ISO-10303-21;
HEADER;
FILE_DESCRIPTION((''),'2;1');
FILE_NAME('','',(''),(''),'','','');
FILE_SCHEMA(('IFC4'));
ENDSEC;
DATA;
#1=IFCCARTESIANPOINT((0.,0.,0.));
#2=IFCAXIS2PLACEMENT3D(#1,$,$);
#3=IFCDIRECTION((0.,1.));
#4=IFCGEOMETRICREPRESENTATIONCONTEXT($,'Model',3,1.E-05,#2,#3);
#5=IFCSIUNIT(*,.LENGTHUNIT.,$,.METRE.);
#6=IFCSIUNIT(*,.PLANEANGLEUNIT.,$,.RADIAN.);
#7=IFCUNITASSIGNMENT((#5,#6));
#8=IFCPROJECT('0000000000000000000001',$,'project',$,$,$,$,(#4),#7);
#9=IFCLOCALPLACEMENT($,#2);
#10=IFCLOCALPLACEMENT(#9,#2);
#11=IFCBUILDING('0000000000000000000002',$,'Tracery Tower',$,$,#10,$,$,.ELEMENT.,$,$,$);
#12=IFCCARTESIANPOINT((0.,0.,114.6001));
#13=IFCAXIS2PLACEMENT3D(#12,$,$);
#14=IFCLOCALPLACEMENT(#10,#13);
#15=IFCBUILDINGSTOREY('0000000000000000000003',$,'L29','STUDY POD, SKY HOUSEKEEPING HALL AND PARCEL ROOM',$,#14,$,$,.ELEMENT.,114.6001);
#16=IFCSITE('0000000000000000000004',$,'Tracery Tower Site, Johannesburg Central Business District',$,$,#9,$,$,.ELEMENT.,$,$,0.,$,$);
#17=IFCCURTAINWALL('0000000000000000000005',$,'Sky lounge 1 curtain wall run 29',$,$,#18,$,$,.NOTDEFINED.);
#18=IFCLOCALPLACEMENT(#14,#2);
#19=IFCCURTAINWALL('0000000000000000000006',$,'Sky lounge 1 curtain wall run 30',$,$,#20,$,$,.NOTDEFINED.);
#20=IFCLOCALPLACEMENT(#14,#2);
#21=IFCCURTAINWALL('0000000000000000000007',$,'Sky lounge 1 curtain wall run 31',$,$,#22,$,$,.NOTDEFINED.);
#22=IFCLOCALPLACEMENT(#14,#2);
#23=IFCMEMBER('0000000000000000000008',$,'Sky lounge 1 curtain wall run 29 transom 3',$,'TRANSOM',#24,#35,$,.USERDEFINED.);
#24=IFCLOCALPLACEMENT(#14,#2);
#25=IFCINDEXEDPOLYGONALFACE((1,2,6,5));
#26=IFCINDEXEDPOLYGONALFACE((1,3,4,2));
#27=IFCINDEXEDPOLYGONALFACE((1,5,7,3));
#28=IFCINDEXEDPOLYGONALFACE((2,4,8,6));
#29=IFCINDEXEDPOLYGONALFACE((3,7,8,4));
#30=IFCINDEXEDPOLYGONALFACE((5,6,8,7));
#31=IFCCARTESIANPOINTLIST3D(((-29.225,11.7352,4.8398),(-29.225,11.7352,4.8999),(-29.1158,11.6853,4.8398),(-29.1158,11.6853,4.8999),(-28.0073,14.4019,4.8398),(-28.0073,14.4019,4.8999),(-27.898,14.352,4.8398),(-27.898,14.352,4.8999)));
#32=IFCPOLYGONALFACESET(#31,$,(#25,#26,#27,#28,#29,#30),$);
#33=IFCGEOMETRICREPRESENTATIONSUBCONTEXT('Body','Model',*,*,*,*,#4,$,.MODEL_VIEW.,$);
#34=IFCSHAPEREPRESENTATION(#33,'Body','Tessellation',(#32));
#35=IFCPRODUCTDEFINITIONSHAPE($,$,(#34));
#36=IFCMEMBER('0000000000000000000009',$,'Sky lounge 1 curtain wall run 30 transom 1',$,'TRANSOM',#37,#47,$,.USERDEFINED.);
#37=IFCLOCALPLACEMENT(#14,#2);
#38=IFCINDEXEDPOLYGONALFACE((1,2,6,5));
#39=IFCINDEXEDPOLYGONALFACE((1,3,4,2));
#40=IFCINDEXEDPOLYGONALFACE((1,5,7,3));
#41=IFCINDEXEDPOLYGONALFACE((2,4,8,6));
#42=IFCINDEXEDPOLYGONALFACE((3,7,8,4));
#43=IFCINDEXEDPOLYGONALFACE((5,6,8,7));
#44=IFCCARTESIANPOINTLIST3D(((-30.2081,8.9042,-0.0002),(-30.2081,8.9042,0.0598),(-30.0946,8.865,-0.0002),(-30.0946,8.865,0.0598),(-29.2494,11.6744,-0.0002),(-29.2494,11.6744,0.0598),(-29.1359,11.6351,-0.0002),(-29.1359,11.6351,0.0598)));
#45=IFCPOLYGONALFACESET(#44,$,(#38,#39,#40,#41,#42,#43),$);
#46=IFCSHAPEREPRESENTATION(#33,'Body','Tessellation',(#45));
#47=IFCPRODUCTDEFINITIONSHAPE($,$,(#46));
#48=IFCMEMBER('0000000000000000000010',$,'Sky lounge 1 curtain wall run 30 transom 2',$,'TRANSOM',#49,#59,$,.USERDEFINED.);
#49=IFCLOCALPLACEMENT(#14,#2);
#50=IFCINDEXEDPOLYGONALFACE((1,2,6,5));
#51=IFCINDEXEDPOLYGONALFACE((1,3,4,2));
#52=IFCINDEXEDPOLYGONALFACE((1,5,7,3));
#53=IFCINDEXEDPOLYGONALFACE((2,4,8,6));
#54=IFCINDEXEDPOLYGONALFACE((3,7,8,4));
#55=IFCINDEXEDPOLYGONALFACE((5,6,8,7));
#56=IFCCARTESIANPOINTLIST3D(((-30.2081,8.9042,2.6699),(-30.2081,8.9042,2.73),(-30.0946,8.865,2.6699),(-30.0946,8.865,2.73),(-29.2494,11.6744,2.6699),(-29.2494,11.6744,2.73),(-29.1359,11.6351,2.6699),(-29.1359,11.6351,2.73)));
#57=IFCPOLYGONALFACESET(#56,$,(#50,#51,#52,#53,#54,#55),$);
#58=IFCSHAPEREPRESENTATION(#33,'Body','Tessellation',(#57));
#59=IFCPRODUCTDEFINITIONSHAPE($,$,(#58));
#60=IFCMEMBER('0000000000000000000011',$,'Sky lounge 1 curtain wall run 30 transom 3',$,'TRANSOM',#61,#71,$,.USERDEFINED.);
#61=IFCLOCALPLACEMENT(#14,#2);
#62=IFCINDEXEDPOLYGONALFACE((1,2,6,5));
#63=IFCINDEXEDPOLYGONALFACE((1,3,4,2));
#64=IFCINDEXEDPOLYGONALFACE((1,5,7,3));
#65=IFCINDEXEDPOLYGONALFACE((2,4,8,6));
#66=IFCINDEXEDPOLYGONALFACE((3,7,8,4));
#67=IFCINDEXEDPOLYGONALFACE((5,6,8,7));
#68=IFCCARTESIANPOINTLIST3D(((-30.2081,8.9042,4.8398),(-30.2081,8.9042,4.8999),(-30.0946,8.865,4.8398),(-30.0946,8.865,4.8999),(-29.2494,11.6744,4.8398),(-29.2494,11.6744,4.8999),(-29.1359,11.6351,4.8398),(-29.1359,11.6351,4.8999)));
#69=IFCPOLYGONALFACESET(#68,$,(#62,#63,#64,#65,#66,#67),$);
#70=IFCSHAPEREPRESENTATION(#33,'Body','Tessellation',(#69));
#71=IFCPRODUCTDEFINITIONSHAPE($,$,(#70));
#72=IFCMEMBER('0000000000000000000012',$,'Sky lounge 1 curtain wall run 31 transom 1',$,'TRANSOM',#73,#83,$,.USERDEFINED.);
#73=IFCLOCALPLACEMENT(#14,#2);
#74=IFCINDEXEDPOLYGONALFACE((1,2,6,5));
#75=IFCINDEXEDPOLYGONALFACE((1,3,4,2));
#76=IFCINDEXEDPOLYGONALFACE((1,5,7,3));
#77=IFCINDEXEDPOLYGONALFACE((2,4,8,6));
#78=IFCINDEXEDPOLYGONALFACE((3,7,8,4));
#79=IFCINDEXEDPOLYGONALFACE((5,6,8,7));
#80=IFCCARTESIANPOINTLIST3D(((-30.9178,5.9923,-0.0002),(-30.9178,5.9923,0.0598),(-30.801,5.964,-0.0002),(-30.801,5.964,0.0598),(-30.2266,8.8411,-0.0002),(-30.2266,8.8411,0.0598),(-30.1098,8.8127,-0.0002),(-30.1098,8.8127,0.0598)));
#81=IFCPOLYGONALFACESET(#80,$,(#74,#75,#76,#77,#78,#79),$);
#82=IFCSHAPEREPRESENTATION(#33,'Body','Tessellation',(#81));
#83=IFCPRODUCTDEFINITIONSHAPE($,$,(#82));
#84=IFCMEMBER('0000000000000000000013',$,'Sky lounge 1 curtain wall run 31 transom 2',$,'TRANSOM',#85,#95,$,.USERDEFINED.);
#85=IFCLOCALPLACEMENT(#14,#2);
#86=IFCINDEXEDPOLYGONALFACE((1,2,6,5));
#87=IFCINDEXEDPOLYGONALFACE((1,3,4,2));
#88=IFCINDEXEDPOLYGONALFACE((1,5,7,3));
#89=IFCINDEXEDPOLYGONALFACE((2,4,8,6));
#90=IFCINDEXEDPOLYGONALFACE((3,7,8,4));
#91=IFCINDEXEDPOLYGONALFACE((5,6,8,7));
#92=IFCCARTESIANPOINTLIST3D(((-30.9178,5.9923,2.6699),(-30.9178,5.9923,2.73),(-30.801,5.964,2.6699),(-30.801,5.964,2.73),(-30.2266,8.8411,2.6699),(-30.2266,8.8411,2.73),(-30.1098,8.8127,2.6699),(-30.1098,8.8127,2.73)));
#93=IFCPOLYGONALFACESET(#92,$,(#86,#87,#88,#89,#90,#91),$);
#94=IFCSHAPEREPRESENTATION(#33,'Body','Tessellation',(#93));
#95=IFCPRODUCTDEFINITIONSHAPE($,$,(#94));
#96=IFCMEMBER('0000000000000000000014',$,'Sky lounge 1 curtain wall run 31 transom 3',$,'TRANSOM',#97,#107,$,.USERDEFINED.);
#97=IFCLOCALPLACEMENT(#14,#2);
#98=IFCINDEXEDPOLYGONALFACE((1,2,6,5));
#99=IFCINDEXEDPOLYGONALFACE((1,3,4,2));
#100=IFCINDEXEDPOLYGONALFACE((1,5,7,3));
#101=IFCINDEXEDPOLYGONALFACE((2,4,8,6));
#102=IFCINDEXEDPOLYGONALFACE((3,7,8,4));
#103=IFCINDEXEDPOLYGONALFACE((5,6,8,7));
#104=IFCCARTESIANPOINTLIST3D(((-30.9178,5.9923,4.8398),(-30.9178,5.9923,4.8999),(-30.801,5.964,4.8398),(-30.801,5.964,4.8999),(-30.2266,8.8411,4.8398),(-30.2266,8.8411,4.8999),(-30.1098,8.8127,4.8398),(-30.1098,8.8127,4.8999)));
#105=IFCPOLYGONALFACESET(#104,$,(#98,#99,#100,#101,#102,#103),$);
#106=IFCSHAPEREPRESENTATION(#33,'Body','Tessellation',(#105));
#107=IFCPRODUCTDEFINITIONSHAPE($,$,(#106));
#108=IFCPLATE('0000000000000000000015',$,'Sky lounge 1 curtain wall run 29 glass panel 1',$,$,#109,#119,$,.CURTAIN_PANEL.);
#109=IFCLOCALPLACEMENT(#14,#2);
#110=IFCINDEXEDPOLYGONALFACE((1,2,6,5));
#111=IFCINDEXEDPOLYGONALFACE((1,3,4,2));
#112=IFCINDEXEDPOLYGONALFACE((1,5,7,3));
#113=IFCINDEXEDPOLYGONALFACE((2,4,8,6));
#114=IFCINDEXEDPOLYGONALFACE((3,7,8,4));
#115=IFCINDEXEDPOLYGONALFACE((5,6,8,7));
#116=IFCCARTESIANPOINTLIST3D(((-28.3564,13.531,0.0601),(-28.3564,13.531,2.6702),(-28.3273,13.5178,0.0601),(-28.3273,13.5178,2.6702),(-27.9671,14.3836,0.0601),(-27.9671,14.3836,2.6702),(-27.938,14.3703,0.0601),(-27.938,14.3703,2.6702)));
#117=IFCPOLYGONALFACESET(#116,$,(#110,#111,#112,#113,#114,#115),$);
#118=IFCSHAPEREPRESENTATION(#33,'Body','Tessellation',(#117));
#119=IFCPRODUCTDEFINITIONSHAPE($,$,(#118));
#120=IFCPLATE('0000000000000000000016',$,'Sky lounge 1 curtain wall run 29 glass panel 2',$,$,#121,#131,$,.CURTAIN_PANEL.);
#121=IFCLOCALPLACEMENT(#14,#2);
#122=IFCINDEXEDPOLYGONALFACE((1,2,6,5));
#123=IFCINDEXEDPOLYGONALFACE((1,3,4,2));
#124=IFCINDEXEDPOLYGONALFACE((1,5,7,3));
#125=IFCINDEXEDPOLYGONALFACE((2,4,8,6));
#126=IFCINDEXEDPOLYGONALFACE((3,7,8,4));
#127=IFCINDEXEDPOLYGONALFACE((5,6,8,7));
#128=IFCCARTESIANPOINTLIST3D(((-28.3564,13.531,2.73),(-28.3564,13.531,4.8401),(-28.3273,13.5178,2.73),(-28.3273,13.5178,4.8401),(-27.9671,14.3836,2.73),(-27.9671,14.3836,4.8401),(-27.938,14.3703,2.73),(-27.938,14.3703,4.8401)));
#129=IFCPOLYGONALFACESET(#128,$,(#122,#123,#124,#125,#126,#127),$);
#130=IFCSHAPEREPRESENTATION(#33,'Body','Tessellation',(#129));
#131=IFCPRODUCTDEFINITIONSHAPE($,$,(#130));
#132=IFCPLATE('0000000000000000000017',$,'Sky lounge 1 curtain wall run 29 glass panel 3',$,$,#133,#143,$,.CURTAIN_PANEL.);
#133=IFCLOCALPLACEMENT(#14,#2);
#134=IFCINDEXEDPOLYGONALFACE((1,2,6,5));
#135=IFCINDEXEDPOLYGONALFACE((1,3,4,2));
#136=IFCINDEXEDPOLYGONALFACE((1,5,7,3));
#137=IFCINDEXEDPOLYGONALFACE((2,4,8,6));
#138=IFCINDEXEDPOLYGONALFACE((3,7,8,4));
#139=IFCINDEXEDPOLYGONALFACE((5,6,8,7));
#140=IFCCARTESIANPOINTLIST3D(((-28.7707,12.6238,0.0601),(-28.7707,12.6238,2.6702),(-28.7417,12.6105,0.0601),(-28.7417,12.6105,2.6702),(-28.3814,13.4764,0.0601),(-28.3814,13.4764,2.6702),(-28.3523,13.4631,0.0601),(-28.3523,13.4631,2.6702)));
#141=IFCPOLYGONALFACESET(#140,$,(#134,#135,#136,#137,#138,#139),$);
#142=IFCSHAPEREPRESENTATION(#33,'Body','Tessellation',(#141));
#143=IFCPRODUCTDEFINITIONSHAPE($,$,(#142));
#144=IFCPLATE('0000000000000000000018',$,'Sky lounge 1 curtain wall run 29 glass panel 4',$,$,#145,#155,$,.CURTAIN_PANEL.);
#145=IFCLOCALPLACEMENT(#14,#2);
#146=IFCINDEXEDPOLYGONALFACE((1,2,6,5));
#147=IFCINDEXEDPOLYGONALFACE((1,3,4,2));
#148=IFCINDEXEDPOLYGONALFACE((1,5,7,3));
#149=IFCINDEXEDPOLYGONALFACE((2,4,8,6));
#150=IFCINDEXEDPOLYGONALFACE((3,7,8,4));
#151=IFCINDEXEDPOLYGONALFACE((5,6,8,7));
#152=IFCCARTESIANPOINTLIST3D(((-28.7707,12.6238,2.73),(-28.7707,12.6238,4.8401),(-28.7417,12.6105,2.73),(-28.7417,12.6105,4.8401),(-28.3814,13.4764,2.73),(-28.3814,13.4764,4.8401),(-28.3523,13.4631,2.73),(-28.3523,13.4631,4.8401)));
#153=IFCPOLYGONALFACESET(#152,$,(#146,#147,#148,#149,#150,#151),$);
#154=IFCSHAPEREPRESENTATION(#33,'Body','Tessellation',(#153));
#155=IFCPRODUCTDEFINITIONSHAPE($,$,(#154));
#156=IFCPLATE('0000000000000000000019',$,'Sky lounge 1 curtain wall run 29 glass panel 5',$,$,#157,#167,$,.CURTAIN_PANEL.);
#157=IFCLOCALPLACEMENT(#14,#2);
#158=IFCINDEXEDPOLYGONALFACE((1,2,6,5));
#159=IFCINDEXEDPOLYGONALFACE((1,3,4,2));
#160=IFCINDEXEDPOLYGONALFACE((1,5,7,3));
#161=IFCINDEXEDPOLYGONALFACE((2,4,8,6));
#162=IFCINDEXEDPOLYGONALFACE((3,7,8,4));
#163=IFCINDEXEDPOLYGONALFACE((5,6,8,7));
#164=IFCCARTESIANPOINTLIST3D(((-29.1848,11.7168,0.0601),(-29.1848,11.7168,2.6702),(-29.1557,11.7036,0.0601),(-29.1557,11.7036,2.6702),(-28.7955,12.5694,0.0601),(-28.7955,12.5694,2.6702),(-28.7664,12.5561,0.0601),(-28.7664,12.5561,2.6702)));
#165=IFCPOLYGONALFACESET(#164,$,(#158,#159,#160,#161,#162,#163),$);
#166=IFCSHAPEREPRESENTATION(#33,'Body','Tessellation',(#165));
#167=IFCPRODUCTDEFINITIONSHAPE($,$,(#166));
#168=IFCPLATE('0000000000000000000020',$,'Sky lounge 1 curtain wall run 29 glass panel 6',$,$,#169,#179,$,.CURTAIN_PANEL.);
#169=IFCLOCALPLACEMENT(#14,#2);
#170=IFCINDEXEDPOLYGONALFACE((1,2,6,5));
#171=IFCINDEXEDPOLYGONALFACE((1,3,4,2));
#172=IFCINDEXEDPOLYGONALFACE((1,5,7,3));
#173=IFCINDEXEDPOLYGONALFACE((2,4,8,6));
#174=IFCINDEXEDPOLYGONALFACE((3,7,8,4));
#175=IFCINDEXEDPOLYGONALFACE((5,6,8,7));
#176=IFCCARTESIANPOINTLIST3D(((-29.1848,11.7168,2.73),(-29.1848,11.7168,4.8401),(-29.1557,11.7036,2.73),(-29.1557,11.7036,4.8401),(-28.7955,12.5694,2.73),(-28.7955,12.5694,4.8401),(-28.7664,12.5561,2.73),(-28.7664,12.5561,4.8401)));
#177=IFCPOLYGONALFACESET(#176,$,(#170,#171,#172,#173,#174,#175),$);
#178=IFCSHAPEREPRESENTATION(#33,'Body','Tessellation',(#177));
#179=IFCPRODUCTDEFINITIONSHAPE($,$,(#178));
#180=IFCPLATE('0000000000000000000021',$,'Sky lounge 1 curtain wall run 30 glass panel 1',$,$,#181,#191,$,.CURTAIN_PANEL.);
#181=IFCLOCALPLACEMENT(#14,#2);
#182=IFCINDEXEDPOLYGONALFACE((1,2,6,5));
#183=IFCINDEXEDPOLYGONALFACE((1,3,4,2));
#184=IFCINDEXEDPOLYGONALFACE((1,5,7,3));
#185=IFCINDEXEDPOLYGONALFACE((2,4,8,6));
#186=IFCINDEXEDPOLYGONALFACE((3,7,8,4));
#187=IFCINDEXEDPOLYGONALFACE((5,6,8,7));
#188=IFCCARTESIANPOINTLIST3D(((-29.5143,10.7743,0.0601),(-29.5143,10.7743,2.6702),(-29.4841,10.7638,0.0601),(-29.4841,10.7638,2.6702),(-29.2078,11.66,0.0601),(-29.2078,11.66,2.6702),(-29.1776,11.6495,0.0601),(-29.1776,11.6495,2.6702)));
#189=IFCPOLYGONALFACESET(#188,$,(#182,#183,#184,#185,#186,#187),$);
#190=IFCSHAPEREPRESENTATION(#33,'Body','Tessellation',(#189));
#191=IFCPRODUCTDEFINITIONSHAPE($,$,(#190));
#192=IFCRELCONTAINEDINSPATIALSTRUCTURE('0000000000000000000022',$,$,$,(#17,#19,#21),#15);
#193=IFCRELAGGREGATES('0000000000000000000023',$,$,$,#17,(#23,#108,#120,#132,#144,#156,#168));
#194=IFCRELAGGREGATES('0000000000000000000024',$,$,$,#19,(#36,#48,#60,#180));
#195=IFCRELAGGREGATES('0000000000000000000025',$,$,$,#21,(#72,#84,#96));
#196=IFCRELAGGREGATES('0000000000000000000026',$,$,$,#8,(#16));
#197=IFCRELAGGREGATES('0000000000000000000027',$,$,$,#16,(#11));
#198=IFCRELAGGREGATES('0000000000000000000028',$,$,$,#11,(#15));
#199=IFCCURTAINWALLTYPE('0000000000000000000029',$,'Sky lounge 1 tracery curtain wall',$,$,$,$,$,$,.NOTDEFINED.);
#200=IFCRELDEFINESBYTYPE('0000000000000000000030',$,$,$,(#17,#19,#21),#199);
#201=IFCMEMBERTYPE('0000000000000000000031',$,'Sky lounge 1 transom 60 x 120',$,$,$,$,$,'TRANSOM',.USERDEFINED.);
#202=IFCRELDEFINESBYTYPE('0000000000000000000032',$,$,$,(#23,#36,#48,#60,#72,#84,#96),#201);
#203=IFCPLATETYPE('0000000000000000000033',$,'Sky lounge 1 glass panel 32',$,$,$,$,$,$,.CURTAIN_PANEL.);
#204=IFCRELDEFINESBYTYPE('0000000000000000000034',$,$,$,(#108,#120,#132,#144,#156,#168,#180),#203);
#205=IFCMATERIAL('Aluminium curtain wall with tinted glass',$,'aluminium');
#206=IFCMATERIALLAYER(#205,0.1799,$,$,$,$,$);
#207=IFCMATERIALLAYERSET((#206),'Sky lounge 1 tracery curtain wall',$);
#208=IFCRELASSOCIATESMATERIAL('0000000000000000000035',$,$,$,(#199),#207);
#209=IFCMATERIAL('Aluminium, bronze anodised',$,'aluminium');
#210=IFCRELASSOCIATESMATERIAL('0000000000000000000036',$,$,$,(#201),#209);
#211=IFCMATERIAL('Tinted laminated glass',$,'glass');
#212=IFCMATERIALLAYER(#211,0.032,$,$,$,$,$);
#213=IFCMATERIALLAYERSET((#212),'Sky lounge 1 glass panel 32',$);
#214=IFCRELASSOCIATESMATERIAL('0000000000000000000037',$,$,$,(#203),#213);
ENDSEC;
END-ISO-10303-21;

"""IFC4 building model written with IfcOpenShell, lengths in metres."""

from ifc_helpers import new_model, si_unit, direction, frame, origin, origin_2d, place, context, subcontext, project, spatial, rectangle, extrude, material, layer, layer_set, material_profile, profile_set, type_object, element, aggregate, save


model = new_model("IFC4")

# Units and contexts
model_context = context("Model", 3, precision=1e-05, world=origin(), true_north=direction((0.0, 1.0)))
body_context = subcontext(model_context, "Body", "Model", "MODEL_VIEW")
ifc_project = project(units=[si_unit("LENGTHUNIT", "METRE"), si_unit("PLANEANGLEUNIT", "RADIAN")], contexts=[model_context])

# Site, building, storey
site_placement = place(None, origin())
site = spatial("IfcSite", under=ifc_project, at=site_placement, Name="Tracery Tower Site, Johannesburg Central Business District", CompositionType="ELEMENT", RefElevation=0.0)
building_placement = place(site_placement, origin())
building = spatial("IfcBuilding", under=site, at=building_placement, Name="Tracery Tower", CompositionType="ELEMENT")
storey_placement = place(building_placement, frame((0.0, 0.0, 114.6001)))
storey = spatial("IfcBuildingStorey", under=building, at=storey_placement, Name="L29", Description="STUDY POD, SKY HOUSEKEEPING HALL AND PARCEL ROOM", CompositionType="ELEMENT", Elevation=114.6001)

# Curtain walls
ifc_material_1 = material(Name="Aluminium curtain wall with tinted glass", Category="aluminium")
ifc_layer_1 = layer(ifc_material_1, 0.1799)
ifc_layer_set_1 = layer_set([ifc_layer_1], Name="Sky lounge 1 tracery curtain wall")
curtain_wall_type = type_object("IfcCurtainWallType", Name="Sky lounge 1 tracery curtain wall", PredefinedType="NOTDEFINED", material=ifc_layer_set_1)
curtain_wall_1_placement = place(storey_placement, origin())
curtain_wall_1 = element("IfcCurtainWall", 1, at=curtain_wall_1_placement, inside=storey, type_object=curtain_wall_type, Name="Sky lounge 1 curtain wall run 29", PredefinedType="NOTDEFINED")
curtain_wall_2_placement = place(storey_placement, origin())
curtain_wall_2 = element("IfcCurtainWall", 2, at=curtain_wall_2_placement, inside=storey, type_object=curtain_wall_type, Name="Sky lounge 1 curtain wall run 30", PredefinedType="NOTDEFINED")

# Curtain wall
curtain_wall_3_placement = place(storey_placement, origin())
curtain_wall_3 = element("IfcCurtainWall", 3, at=curtain_wall_3_placement, inside=storey, type_object=curtain_wall_type, Name="Sky lounge 1 curtain wall run 31", PredefinedType="NOTDEFINED")

# Members
ifc_material_2 = material(Name="Aluminium, bronze anodised", Category="aluminium")
ifc_material_profile_1 = material_profile(ifc_material_2, rectangle(XDim=0.1201, YDim=0.0601, at=origin_2d()), Name="AL 60x120")
ifc_profile_set_1 = profile_set([ifc_material_profile_1], Name="Aluminium, bronze anodised")
member_type_1 = type_object("IfcMemberType", Name="Sky lounge 1 transom 60 x 120", ElementType="TRANSOM", PredefinedType="USERDEFINED", material=ifc_profile_set_1)
member_1_placement = place(storey_placement, frame((-27.9526, 14.377, 4.8699), z_axis=(-0.41539, -0.909644, 0.0), x_axis=(0.909644, -0.41539, 0.0)))
member_1 = element("IfcMember", 4, at=member_1_placement, type_object=member_type_1, Name="Sky lounge 1 curtain wall run 29 transom 3", ObjectType="TRANSOM", PredefinedType="USERDEFINED", context=body_context, shape_type="SweptSolid", body=[
    extrude(rectangle(XDim=0.1201, YDim=0.0601, at=origin_2d()), origin(), (0.0, 0.0, 1.0), 2.9316),
])
member_2_placement = place(storey_placement, frame((-29.1926, 11.6548, 0.0298), z_axis=(-0.32705, -0.945007, 0.0), x_axis=(0.945007, -0.32705, 0.0)))
member_2 = element("IfcMember", 5, at=member_2_placement, type_object=member_type_1, Name="Sky lounge 1 curtain wall run 30 transom 1", ObjectType="TRANSOM", PredefinedType="USERDEFINED", context=body_context, shape_type="SweptSolid", body=[
    extrude(rectangle(XDim=0.1201, YDim=0.0601, at=origin_2d()), origin(), (0.0, 0.0, 1.0), 2.9314),
])
member_3_placement = place(storey_placement, frame((-29.1926, 11.6548, 2.7), z_axis=(-0.32705, -0.945007, 0.0), x_axis=(0.945007, -0.32705, 0.0)))
member_3 = element("IfcMember", 6, at=member_3_placement, type_object=member_type_1, Name="Sky lounge 1 curtain wall run 30 transom 2", ObjectType="TRANSOM", PredefinedType="USERDEFINED", context=body_context, shape_type="SweptSolid", body=[
    extrude(rectangle(XDim=0.1201, YDim=0.0601, at=origin_2d()), origin(), (0.0, 0.0, 1.0), 2.9314),
])
member_4_placement = place(storey_placement, frame((-29.1926, 11.6548, 4.8699), z_axis=(-0.32705, -0.945007, 0.0), x_axis=(0.945007, -0.32705, 0.0)))
member_4 = element("IfcMember", 7, at=member_4_placement, type_object=member_type_1, Name="Sky lounge 1 curtain wall run 30 transom 3", ObjectType="TRANSOM", PredefinedType="USERDEFINED", context=body_context, shape_type="SweptSolid", body=[
    extrude(rectangle(XDim=0.1201, YDim=0.0601, at=origin_2d()), origin(), (0.0, 0.0, 1.0), 2.9314),
])
member_5_placement = place(storey_placement, frame((-30.1682, 8.8269, 0.0298), z_axis=(-0.235788, -0.971804, 0.0), x_axis=(0.971804, -0.235788, 0.0)))
member_5 = element("IfcMember", 8, at=member_5_placement, type_object=member_type_1, Name="Sky lounge 1 curtain wall run 31 transom 1", ObjectType="TRANSOM", PredefinedType="USERDEFINED", context=body_context, shape_type="SweptSolid", body=[
    extrude(rectangle(XDim=0.1201, YDim=0.0601, at=origin_2d()), origin(), (0.0, 0.0, 1.0), 2.9314),
])
member_6_placement = place(storey_placement, frame((-30.1682, 8.8269, 2.7), z_axis=(-0.235788, -0.971804, 0.0), x_axis=(0.971804, -0.235788, 0.0)))
member_6 = element("IfcMember", 9, at=member_6_placement, type_object=member_type_1, Name="Sky lounge 1 curtain wall run 31 transom 2", ObjectType="TRANSOM", PredefinedType="USERDEFINED", context=body_context, shape_type="SweptSolid", body=[
    extrude(rectangle(XDim=0.1201, YDim=0.0601, at=origin_2d()), origin(), (0.0, 0.0, 1.0), 2.9314),
])
member_7_placement = place(storey_placement, frame((-30.1682, 8.8269, 4.8699), z_axis=(-0.235788, -0.971804, 0.0), x_axis=(0.971804, -0.235788, 0.0)))
member_7 = element("IfcMember", 10, at=member_7_placement, type_object=member_type_1, Name="Sky lounge 1 curtain wall run 31 transom 3", ObjectType="TRANSOM", PredefinedType="USERDEFINED", context=body_context, shape_type="SweptSolid", body=[
    extrude(rectangle(XDim=0.1201, YDim=0.0601, at=origin_2d()), origin(), (0.0, 0.0, 1.0), 2.9314),
])

# Plates
ifc_material_3 = material(Name="Tinted laminated glass", Category="glass")
ifc_layer_2 = layer(ifc_material_3, 0.032)
ifc_layer_set_2 = layer_set([ifc_layer_2], Name="Sky lounge 1 glass panel 32")
plate_type = type_object("IfcPlateType", Name="Sky lounge 1 glass panel 32", PredefinedType="CURTAIN_PANEL", material=ifc_layer_set_2)
plate_1_placement = place(storey_placement, frame((-28.1472, 13.9507, 0.0601), z_axis=(0.0, 0.0, 1.0), x_axis=(-0.415415, -0.909632, 0.0)))
plate_1 = element("IfcPlate", 11, at=plate_1_placement, type_object=plate_type, Name="Sky lounge 1 curtain wall run 29 glass panel 1", PredefinedType="CURTAIN_PANEL", context=body_context, shape_type="SweptSolid", body=[
    extrude(rectangle(XDim=0.9373, YDim=0.032, at=origin_2d()), origin(), (0.0, 0.0, 1.0), 2.6101),
])
plate_2_placement = place(storey_placement, frame((-28.1472, 13.9507, 2.73), z_axis=(0.0, 0.0, 1.0), x_axis=(-0.415415, -0.909632, 0.0)))
plate_2 = element("IfcPlate", 12, at=plate_2_placement, type_object=plate_type, Name="Sky lounge 1 curtain wall run 29 glass panel 2", PredefinedType="CURTAIN_PANEL", context=body_context, shape_type="SweptSolid", body=[
    extrude(rectangle(XDim=0.9373, YDim=0.032, at=origin_2d()), origin(), (0.0, 0.0, 1.0), 2.1101),
])
plate_3_placement = place(storey_placement, frame((-28.5615, 13.0435, 0.0601), z_axis=(0.0, 0.0, 1.0), x_axis=(-0.415415, -0.909632, 0.0)))
plate_3 = element("IfcPlate", 13, at=plate_3_placement, type_object=plate_type, Name="Sky lounge 1 curtain wall run 29 glass panel 3", PredefinedType="CURTAIN_PANEL", context=body_context, shape_type="SweptSolid", body=[
    extrude(rectangle(XDim=0.9373, YDim=0.032, at=origin_2d()), origin(), (0.0, 0.0, 1.0), 2.6101),
])
plate_4_placement = place(storey_placement, frame((-28.5615, 13.0435, 2.73), z_axis=(0.0, 0.0, 1.0), x_axis=(-0.415415, -0.909632, 0.0)))
plate_4 = element("IfcPlate", 14, at=plate_4_placement, type_object=plate_type, Name="Sky lounge 1 curtain wall run 29 glass panel 4", PredefinedType="CURTAIN_PANEL", context=body_context, shape_type="SweptSolid", body=[
    extrude(rectangle(XDim=0.9373, YDim=0.032, at=origin_2d()), origin(), (0.0, 0.0, 1.0), 2.1101),
])
plate_5_placement = place(storey_placement, frame((-28.9756, 12.1365, 0.0601), z_axis=(0.0, 0.0, 1.0), x_axis=(-0.415415, -0.909632, 0.0)))
plate_5 = element("IfcPlate", 15, at=plate_5_placement, type_object=plate_type, Name="Sky lounge 1 curtain wall run 29 glass panel 5", PredefinedType="CURTAIN_PANEL", context=body_context, shape_type="SweptSolid", body=[
    extrude(rectangle(XDim=0.9373, YDim=0.032, at=origin_2d()), origin(), (0.0, 0.0, 1.0), 2.6101),
])
plate_6_placement = place(storey_placement, frame((-28.9756, 12.1365, 2.73), z_axis=(0.0, 0.0, 1.0), x_axis=(-0.415415, -0.909632, 0.0)))
plate_6 = element("IfcPlate", 16, at=plate_6_placement, type_object=plate_type, Name="Sky lounge 1 curtain wall run 29 glass panel 6", PredefinedType="CURTAIN_PANEL", context=body_context, shape_type="SweptSolid", body=[
    extrude(rectangle(XDim=0.9373, YDim=0.032, at=origin_2d()), origin(), (0.0, 0.0, 1.0), 2.1101),
])
aggregate(curtain_wall_1, [member_1, plate_1, plate_2, plate_3, plate_4, plate_5, plate_6])
plate_7_placement = place(storey_placement, frame((-29.3459, 11.2119, 0.0601), z_axis=(0.0, 0.0, 1.0), x_axis=(-0.327068, -0.945001, 0.0)))
plate_7 = element("IfcPlate", 17, at=plate_7_placement, type_object=plate_type, Name="Sky lounge 1 curtain wall run 30 glass panel 1", PredefinedType="CURTAIN_PANEL", context=body_context, shape_type="SweptSolid", body=[
    extrude(rectangle(XDim=0.9373, YDim=0.032, at=origin_2d()), origin(), (0.0, 0.0, 1.0), 2.6101),
])
aggregate(curtain_wall_2, [member_2, member_3, member_4, plate_7])
aggregate(curtain_wall_3, [member_5, member_6, member_7])

save(model, "model.ifc")
